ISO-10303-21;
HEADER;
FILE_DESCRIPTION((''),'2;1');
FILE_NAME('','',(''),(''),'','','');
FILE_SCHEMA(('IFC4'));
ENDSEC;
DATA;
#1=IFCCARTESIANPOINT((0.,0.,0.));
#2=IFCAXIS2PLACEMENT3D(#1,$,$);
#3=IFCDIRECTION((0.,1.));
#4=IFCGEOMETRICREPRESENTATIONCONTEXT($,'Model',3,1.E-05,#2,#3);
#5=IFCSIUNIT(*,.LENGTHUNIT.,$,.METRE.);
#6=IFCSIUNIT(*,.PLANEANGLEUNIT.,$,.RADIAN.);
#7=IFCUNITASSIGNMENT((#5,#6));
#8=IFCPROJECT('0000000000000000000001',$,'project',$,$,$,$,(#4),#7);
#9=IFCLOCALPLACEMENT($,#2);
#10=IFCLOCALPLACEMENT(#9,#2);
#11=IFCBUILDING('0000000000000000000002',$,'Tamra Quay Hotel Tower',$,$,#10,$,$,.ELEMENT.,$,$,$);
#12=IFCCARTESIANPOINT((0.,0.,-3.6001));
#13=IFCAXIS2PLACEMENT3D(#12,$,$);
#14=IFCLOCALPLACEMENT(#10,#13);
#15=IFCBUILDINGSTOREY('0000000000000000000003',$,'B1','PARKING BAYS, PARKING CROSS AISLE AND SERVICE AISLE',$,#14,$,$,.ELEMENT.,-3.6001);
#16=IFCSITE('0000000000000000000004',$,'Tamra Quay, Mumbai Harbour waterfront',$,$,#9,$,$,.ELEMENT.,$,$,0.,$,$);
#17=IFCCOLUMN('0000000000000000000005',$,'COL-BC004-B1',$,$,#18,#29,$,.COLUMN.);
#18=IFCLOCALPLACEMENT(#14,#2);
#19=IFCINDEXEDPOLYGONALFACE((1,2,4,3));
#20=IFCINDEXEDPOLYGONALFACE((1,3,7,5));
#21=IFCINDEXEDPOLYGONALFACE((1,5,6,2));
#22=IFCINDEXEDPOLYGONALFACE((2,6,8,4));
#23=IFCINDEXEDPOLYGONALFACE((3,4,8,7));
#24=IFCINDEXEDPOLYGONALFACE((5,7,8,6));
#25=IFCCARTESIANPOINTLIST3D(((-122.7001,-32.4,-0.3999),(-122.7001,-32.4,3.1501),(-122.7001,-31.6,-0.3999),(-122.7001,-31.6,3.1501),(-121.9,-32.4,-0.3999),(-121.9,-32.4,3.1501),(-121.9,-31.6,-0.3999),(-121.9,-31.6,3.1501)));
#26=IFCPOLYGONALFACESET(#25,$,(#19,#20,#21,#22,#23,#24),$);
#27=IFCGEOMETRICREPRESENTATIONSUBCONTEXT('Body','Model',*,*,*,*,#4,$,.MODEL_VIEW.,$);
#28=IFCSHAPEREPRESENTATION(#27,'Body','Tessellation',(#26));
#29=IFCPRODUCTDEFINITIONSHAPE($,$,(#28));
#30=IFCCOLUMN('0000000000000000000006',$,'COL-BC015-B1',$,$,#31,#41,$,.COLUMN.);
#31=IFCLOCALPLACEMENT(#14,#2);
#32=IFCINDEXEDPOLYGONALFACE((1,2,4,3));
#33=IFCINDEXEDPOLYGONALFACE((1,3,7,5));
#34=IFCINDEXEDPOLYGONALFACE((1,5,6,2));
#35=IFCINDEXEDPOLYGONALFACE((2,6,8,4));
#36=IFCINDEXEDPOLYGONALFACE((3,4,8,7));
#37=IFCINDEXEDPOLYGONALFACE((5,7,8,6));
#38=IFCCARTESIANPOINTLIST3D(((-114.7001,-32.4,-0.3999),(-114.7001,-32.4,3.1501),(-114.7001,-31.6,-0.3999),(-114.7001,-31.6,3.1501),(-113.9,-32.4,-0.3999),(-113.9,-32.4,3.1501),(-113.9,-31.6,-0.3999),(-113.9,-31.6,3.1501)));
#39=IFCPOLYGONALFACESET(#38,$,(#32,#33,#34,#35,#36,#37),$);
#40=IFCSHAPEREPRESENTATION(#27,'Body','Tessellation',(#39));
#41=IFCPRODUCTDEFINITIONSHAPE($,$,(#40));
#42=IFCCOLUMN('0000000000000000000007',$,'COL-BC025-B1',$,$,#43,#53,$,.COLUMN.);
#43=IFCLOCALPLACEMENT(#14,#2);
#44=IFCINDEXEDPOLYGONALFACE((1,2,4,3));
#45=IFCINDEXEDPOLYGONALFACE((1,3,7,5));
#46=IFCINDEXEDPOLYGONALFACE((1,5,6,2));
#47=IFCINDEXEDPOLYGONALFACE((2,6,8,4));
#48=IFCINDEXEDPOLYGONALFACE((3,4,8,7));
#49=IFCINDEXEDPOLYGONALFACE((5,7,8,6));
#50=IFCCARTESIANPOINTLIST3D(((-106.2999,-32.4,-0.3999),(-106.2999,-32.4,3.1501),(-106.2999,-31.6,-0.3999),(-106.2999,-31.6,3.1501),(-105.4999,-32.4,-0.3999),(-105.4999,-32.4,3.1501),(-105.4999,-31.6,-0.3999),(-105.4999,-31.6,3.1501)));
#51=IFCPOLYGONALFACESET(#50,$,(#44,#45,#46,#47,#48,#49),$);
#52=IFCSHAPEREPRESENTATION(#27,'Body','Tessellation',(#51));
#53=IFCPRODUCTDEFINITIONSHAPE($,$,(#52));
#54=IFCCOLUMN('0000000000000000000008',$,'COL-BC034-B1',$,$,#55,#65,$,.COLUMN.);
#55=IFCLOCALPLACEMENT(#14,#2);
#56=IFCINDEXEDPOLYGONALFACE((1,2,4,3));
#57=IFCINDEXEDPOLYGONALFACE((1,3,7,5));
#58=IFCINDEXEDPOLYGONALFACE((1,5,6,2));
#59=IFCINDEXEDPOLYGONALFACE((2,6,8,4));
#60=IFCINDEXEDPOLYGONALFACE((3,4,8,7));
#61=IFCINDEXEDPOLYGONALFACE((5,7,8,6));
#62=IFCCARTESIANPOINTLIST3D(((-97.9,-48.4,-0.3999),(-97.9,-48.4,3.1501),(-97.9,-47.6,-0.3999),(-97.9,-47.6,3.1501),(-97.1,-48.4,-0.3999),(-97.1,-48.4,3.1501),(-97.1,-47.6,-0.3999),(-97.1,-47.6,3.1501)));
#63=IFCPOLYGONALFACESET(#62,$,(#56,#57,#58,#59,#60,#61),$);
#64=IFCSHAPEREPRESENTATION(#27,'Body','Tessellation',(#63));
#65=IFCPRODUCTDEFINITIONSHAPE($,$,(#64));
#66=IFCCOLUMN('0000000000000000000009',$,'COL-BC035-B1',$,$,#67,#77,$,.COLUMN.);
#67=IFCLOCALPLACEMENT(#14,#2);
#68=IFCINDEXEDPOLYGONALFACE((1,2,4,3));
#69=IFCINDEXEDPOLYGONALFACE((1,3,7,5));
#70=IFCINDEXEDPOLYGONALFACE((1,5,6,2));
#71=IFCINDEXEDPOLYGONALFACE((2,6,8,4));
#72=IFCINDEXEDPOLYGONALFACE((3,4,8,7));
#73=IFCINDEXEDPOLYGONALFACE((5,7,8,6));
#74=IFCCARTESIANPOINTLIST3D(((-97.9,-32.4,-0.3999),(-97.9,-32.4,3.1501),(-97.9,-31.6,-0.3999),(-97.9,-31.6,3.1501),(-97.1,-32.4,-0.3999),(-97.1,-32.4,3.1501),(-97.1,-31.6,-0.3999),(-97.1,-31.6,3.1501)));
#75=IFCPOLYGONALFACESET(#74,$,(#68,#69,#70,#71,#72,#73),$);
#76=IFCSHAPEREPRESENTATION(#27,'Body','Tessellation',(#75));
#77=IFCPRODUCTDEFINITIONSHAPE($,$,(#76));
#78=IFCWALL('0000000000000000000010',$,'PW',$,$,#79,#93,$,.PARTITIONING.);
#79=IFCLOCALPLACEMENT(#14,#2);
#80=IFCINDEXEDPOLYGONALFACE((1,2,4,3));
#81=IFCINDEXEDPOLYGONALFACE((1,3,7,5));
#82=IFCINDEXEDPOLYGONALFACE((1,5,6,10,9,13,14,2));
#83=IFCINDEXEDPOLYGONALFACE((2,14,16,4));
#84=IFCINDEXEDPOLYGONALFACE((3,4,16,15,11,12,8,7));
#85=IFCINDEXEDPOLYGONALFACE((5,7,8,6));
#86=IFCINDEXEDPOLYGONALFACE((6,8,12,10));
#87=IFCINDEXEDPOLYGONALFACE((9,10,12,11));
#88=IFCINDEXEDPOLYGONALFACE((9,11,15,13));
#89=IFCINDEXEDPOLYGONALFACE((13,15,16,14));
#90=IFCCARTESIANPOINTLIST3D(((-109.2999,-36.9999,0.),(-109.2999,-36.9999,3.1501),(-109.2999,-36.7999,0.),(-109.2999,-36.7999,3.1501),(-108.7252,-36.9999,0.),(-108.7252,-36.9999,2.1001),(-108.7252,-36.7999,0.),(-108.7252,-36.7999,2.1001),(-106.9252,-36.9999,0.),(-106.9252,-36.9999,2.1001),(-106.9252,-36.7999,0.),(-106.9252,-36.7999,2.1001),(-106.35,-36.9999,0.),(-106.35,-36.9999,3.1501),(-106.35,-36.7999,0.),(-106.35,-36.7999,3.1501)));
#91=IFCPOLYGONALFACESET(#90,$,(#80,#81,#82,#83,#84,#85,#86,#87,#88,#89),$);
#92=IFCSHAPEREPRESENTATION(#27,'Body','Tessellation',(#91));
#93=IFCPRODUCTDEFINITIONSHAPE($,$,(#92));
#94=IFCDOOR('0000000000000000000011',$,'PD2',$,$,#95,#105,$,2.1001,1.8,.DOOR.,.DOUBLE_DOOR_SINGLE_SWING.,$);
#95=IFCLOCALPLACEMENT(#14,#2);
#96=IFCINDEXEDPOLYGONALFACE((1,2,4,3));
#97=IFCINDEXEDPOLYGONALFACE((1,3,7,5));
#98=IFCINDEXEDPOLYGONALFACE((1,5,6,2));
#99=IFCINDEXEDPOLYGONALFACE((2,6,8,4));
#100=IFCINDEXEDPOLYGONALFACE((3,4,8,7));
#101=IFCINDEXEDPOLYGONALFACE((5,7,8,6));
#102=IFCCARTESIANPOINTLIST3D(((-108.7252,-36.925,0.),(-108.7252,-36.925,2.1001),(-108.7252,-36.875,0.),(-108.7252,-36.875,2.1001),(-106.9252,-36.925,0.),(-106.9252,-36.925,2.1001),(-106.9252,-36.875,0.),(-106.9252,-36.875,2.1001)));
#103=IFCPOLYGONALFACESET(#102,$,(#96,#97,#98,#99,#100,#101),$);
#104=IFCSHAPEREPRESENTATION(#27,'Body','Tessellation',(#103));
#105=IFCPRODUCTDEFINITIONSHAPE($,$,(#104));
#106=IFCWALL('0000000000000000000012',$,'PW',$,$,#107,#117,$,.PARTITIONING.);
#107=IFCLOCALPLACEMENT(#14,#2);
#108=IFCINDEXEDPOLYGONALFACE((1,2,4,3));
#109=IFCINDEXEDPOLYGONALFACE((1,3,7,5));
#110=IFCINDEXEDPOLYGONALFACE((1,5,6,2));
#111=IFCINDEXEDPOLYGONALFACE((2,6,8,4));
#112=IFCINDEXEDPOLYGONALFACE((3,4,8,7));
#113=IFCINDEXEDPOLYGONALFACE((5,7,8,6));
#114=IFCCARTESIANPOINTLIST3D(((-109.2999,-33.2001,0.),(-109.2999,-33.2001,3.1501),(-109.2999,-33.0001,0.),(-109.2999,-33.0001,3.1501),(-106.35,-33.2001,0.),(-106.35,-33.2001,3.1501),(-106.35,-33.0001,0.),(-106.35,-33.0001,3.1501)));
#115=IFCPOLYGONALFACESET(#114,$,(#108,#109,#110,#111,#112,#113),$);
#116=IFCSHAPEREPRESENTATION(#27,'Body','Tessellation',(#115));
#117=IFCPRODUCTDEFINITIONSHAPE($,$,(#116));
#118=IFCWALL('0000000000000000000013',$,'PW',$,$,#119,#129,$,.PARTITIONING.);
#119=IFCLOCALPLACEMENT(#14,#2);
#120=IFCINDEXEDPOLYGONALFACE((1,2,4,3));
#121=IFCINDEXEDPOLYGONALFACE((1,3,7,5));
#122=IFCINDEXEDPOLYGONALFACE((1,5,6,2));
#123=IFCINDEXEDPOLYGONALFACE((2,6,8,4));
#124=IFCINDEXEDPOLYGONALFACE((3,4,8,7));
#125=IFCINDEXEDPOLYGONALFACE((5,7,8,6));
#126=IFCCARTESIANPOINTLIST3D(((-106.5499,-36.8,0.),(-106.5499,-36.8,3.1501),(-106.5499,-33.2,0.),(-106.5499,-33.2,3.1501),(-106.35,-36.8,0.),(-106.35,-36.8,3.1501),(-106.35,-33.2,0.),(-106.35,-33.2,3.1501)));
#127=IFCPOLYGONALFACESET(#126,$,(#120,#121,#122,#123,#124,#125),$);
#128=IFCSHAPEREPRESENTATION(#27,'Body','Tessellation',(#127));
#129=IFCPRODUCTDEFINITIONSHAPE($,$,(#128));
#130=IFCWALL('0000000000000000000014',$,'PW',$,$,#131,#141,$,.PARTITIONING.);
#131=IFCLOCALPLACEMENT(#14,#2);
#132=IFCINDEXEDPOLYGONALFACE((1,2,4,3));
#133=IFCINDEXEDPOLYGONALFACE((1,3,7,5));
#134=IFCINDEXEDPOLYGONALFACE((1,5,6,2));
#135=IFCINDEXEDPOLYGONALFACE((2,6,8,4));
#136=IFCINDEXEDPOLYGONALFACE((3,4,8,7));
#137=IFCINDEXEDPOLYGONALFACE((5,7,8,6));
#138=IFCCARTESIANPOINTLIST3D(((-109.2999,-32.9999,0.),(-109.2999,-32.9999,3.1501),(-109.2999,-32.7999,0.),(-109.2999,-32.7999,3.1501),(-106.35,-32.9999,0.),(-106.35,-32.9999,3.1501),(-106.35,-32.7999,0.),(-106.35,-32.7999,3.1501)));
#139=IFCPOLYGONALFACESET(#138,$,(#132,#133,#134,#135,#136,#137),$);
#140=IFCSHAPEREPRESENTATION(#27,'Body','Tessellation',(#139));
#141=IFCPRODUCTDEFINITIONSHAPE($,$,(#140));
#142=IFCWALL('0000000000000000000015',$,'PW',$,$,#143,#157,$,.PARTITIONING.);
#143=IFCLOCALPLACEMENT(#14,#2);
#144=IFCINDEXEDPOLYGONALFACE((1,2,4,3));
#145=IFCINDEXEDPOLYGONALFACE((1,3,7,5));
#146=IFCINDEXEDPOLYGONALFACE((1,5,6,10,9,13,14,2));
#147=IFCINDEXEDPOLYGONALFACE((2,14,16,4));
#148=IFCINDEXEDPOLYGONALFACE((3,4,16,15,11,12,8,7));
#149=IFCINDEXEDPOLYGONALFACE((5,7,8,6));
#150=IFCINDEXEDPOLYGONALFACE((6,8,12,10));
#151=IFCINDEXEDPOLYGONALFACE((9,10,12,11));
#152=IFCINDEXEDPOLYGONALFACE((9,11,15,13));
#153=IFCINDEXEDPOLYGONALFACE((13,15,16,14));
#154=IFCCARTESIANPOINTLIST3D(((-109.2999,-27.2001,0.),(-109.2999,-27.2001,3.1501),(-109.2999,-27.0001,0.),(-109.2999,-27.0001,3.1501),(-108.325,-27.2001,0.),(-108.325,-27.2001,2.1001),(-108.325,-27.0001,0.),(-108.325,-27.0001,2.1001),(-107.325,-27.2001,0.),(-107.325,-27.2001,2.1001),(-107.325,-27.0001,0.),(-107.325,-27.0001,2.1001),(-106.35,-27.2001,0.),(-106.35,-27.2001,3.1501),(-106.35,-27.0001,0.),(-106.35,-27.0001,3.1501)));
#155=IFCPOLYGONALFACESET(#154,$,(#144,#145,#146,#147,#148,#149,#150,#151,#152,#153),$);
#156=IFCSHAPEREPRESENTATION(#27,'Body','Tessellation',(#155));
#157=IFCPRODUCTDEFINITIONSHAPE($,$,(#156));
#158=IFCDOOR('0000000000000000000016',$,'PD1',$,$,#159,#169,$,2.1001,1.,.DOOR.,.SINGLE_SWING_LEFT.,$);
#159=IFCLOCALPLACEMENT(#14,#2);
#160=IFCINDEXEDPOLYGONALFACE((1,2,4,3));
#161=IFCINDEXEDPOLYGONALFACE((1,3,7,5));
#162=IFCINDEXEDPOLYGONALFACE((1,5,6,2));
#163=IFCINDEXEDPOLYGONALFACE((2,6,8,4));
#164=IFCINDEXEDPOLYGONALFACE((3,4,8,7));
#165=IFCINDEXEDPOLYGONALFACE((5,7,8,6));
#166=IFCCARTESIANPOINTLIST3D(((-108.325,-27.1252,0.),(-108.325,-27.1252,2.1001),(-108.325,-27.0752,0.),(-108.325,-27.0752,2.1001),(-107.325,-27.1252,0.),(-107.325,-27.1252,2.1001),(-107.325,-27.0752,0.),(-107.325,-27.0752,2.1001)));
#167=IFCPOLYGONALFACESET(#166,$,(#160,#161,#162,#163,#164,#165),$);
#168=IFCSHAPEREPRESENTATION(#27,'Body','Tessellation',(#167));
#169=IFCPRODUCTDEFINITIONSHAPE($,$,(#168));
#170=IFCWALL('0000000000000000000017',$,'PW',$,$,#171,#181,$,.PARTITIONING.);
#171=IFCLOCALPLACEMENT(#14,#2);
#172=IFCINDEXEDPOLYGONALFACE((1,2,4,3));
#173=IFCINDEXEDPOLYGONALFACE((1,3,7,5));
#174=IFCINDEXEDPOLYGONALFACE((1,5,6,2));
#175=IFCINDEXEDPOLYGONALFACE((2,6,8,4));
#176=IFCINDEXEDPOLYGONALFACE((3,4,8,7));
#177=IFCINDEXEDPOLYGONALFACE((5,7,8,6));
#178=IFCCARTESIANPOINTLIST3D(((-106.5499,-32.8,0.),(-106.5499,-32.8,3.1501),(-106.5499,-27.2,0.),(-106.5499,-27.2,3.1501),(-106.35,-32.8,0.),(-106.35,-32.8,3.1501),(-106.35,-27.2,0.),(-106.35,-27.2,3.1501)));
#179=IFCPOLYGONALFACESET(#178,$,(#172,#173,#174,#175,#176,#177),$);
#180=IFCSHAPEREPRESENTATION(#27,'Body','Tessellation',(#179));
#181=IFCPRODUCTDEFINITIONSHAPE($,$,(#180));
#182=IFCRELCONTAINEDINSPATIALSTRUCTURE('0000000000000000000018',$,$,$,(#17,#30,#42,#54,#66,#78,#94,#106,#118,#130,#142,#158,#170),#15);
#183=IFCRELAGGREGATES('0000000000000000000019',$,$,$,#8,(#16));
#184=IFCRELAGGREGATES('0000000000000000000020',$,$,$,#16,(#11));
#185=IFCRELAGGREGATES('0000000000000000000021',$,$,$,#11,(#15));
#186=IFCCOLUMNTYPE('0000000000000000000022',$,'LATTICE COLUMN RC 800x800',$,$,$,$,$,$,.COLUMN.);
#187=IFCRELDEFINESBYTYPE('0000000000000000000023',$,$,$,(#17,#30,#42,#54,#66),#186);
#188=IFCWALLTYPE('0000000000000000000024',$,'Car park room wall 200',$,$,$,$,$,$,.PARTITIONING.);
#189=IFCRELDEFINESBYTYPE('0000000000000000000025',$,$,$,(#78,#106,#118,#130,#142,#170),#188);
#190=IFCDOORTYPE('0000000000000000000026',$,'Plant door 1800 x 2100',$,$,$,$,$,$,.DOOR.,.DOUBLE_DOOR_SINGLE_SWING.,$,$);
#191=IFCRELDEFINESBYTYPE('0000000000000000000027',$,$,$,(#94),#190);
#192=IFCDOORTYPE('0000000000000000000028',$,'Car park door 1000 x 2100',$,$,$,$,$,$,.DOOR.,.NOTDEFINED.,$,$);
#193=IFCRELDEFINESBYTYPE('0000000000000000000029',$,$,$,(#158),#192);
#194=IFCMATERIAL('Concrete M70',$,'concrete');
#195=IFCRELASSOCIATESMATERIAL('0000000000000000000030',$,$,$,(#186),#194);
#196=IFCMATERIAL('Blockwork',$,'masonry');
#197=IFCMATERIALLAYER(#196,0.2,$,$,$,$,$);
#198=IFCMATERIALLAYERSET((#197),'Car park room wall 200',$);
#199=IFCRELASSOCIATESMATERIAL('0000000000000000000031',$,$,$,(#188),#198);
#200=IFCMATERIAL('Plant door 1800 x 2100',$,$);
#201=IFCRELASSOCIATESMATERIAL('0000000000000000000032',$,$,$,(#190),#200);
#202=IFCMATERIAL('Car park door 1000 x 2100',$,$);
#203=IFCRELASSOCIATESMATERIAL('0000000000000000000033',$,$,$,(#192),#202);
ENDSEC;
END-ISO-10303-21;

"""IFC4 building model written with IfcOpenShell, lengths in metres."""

from ifc_helpers import new_model, si_unit, direction, frame, frame_2d, origin, origin_2d, place, context, subcontext, project, spatial, rectangle, extrude, material, layer, layer_set, material_profile, profile_set, type_object, element, fill, save


model = new_model("IFC4")

# Units and contexts
model_context = context("Model", 3, precision=1e-05, world=origin(), true_north=direction((0.0, 1.0)))
body_context = subcontext(model_context, "Body", "Model", "MODEL_VIEW")
ifc_project = project(units=[si_unit("LENGTHUNIT", "METRE"), si_unit("PLANEANGLEUNIT", "RADIAN")], contexts=[model_context])

# Site, building, storey
site_placement = place(None, origin())
site = spatial("IfcSite", under=ifc_project, at=site_placement, Name="Tamra Quay, Mumbai Harbour waterfront", CompositionType="ELEMENT", RefElevation=0.0)
building_placement = place(site_placement, origin())
building = spatial("IfcBuilding", under=site, at=building_placement, Name="Tamra Quay Hotel Tower", CompositionType="ELEMENT")
storey_placement = place(building_placement, frame((0.0, 0.0, -3.6001)))
storey = spatial("IfcBuildingStorey", under=building, at=storey_placement, Name="B1", Description="PARKING BAYS, PARKING CROSS AISLE AND SERVICE AISLE", CompositionType="ELEMENT", Elevation=-3.6001)

# Columns
ifc_material_1 = material(Name="Concrete M70", Category="concrete")
ifc_material_profile = material_profile(ifc_material_1, rectangle(XDim=0.8, YDim=0.8, at=origin_2d()), Name="LATTICE COLUMN RC 800x800")
ifc_profile_set = profile_set([ifc_material_profile], Name="Concrete M70")
column_type = type_object("IfcColumnType", Name="LATTICE COLUMN RC 800x800", PredefinedType="COLUMN", material=ifc_profile_set)
for number, where, z_axis, x_axis, name in (
    (1, (-122.3, -32.0, -0.3999), (0.0, 0.0, 1.0), (1.0, 0.0, 0.0), "COL-BC004-B1"),
    (2, (-114.3, -32.0, -0.3999), (0.0, 0.0, 1.0), (1.0, 0.0, 0.0), "COL-BC015-B1"),
    (3, (-105.8999, -32.0, -0.3999), (0.0, 0.0, 1.0), (1.0, 0.0, 0.0), "COL-BC025-B1"),
    (4, (-97.5, -48.0, -0.3999), (0.0, 0.0, 1.0), (1.0, 0.0, 0.0), "COL-BC034-B1"),
    (5, (-97.5, -32.0, -0.3999), (0.0, 0.0, 1.0), (1.0, 0.0, 0.0), "COL-BC035-B1"),
):
    element("IfcColumn", number, at=place(storey_placement, frame(where, z_axis=z_axis, x_axis=x_axis)), inside=storey, type_object=column_type, Name=name, PredefinedType="COLUMN", context=body_context, shape_type="SweptSolid", body=[
        extrude(rectangle(XDim=0.8, YDim=0.8, at=origin_2d()), origin(), (0.0, 0.0, 1.0), 3.55),
    ])

# Wall, opening, door
ifc_material_2 = material(Name="Blockwork", Category="masonry")
ifc_layer_1 = layer(ifc_material_2, 0.2)
ifc_layer_set_1 = layer_set([ifc_layer_1], Name="Car park room wall 200")
wall_type_1 = type_object("IfcWallType", Name="Car park room wall 200", PredefinedType="PARTITIONING", material=ifc_layer_set_1)
wall_1_placement = place(storey_placement, frame((-109.3, -36.8999, 0.0), z_axis=(0.0, 0.0, 1.0), x_axis=(1.0, 0.0, 0.0)))
wall_1 = element("IfcWall", 6, at=wall_1_placement, inside=storey, type_object=wall_type_1, Name="PW", PredefinedType="PARTITIONING", context=body_context, shape_type="SweptSolid", body=[
    extrude(rectangle(XDim=2.95, YDim=0.2, at=frame_2d((1.4751, 0.0))), origin(), (0.0, 0.0, 1.0), 3.1501),
])
opening_1_placement = place(wall_1_placement, frame((0.575, 0.0, 0.0)))
opening_1 = element("IfcOpeningElement", 7, at=opening_1_placement, cuts=wall_1, PredefinedType="OPENING", context=body_context, shape_type="SweptSolid", body=[
    extrude(rectangle(XDim=1.8, YDim=2.1001, at=frame_2d((0.8999, 1.05))), frame((0.0, 0.1099, 0.0), z_axis=(0.0, -1.0, 0.0), x_axis=(1.0, 0.0, 0.0)), (0.0, 0.0, 1.0), 0.22),
])
ifc_material_3 = material(Name="Plant door 1800 x 2100")
door_type_1 = type_object("IfcDoorType", Name="Plant door 1800 x 2100", OperationType="DOUBLE_DOOR_SINGLE_SWING", PredefinedType="DOOR", material=ifc_material_3)
door_1_placement = place(opening_1_placement, origin())
door_1 = element("IfcDoor", 8, at=door_1_placement, inside=storey, type_object=door_type_1, Name="PD2", OperationType="DOUBLE_DOOR_SINGLE_SWING", OverallHeight=2.1001, OverallWidth=1.8, PredefinedType="DOOR", context=body_context, shape_type="SweptSolid", body=[
    extrude(rectangle(XDim=1.8, YDim=2.1001, at=frame_2d((0.8999, 1.05))), frame((0.0, 0.0249, 0.0), z_axis=(0.0, -1.0, 0.0), x_axis=(1.0, 0.0, 0.0)), (0.0, 0.0, 1.0), 0.05),
])
fill(opening_1, door_1)

# Walls
wall_2_placement = place(storey_placement, frame((-109.3, -33.1001, 0.0), z_axis=(0.0, 0.0, 1.0), x_axis=(1.0, 0.0, 0.0)))
element("IfcWall", 9, at=wall_2_placement, inside=storey, type_object=wall_type_1, Name="PW", PredefinedType="PARTITIONING", context=body_context, shape_type="SweptSolid", body=[
    extrude(rectangle(XDim=2.95, YDim=0.2, at=frame_2d((1.4751, 0.0))), origin(), (0.0, 0.0, 1.0), 3.1501),
])
wall_3_placement = place(storey_placement, frame((-106.45, -36.8, 0.0), z_axis=(0.0, 0.0, 1.0), x_axis=(0.0, 1.0, 0.0)))
element("IfcWall", 10, at=wall_3_placement, inside=storey, type_object=wall_type_1, Name="PW", PredefinedType="PARTITIONING", context=body_context, shape_type="SweptSolid", body=[
    extrude(rectangle(XDim=3.6001, YDim=0.2, at=frame_2d((1.8, 0.0))), origin(), (0.0, 0.0, 1.0), 3.1501),
])
wall_4_placement = place(storey_placement, frame((-109.3, -32.8999, 0.0), z_axis=(0.0, 0.0, 1.0), x_axis=(1.0, 0.0, 0.0)))
element("IfcWall", 11, at=wall_4_placement, inside=storey, type_object=wall_type_1, Name="PW", PredefinedType="PARTITIONING", context=body_context, shape_type="SweptSolid", body=[
    extrude(rectangle(XDim=2.95, YDim=0.2, at=frame_2d((1.4751, 0.0))), origin(), (0.0, 0.0, 1.0), 3.1501),
])

# Wall, opening, door
wall_5_placement = place(storey_placement, frame((-109.3, -27.1001, 0.0), z_axis=(0.0, 0.0, 1.0), x_axis=(1.0, 0.0, 0.0)))
wall_5 = element("IfcWall", 12, at=wall_5_placement, inside=storey, type_object=wall_type_1, Name="PW", PredefinedType="PARTITIONING", context=body_context, shape_type="SweptSolid", body=[
    extrude(rectangle(XDim=2.95, YDim=0.2, at=frame_2d((1.4751, 0.0))), origin(), (0.0, 0.0, 1.0), 3.1501),
])
opening_2_placement = place(wall_5_placement, frame((0.9751, 0.0, 0.0)))
opening_2 = element("IfcOpeningElement", 13, at=opening_2_placement, cuts=wall_5, PredefinedType="OPENING", context=body_context, shape_type="SweptSolid", body=[
    extrude(rectangle(XDim=1.0, YDim=2.1001, at=frame_2d((0.5, 1.05))), frame((0.0, 0.1099, 0.0), z_axis=(0.0, -1.0, 0.0), x_axis=(1.0, 0.0, 0.0)), (0.0, 0.0, 1.0), 0.22),
])
ifc_material_4 = material(Name="Car park door 1000 x 2100")
door_type_2 = type_object("IfcDoorType", Name="Car park door 1000 x 2100", OperationType="NOTDEFINED", PredefinedType="DOOR", material=ifc_material_4)
door_2_placement = place(opening_2_placement, origin())
door_2 = element("IfcDoor", 14, at=door_2_placement, inside=storey, type_object=door_type_2, Name="PD1", OperationType="SINGLE_SWING_LEFT", OverallHeight=2.1001, OverallWidth=1.0, PredefinedType="DOOR", context=body_context, shape_type="SweptSolid", body=[
    extrude(rectangle(XDim=1.0, YDim=2.1001, at=frame_2d((0.5, 1.05))), frame((0.0, 0.0249, 0.0), z_axis=(0.0, -1.0, 0.0), x_axis=(1.0, 0.0, 0.0)), (0.0, 0.0, 1.0), 0.05),
])
fill(opening_2, door_2)

# Wall
wall_6_placement = place(storey_placement, frame((-106.45, -32.8, 0.0), z_axis=(0.0, 0.0, 1.0), x_axis=(0.0, 1.0, 0.0)))
element("IfcWall", 15, at=wall_6_placement, inside=storey, type_object=wall_type_1, Name="PW", PredefinedType="PARTITIONING", context=body_context, shape_type="SweptSolid", body=[
    extrude(rectangle(XDim=5.6001, YDim=0.2, at=frame_2d((2.8, 0.0))), origin(), (0.0, 0.0, 1.0), 3.1501),
])

save(model, "model.ifc")
